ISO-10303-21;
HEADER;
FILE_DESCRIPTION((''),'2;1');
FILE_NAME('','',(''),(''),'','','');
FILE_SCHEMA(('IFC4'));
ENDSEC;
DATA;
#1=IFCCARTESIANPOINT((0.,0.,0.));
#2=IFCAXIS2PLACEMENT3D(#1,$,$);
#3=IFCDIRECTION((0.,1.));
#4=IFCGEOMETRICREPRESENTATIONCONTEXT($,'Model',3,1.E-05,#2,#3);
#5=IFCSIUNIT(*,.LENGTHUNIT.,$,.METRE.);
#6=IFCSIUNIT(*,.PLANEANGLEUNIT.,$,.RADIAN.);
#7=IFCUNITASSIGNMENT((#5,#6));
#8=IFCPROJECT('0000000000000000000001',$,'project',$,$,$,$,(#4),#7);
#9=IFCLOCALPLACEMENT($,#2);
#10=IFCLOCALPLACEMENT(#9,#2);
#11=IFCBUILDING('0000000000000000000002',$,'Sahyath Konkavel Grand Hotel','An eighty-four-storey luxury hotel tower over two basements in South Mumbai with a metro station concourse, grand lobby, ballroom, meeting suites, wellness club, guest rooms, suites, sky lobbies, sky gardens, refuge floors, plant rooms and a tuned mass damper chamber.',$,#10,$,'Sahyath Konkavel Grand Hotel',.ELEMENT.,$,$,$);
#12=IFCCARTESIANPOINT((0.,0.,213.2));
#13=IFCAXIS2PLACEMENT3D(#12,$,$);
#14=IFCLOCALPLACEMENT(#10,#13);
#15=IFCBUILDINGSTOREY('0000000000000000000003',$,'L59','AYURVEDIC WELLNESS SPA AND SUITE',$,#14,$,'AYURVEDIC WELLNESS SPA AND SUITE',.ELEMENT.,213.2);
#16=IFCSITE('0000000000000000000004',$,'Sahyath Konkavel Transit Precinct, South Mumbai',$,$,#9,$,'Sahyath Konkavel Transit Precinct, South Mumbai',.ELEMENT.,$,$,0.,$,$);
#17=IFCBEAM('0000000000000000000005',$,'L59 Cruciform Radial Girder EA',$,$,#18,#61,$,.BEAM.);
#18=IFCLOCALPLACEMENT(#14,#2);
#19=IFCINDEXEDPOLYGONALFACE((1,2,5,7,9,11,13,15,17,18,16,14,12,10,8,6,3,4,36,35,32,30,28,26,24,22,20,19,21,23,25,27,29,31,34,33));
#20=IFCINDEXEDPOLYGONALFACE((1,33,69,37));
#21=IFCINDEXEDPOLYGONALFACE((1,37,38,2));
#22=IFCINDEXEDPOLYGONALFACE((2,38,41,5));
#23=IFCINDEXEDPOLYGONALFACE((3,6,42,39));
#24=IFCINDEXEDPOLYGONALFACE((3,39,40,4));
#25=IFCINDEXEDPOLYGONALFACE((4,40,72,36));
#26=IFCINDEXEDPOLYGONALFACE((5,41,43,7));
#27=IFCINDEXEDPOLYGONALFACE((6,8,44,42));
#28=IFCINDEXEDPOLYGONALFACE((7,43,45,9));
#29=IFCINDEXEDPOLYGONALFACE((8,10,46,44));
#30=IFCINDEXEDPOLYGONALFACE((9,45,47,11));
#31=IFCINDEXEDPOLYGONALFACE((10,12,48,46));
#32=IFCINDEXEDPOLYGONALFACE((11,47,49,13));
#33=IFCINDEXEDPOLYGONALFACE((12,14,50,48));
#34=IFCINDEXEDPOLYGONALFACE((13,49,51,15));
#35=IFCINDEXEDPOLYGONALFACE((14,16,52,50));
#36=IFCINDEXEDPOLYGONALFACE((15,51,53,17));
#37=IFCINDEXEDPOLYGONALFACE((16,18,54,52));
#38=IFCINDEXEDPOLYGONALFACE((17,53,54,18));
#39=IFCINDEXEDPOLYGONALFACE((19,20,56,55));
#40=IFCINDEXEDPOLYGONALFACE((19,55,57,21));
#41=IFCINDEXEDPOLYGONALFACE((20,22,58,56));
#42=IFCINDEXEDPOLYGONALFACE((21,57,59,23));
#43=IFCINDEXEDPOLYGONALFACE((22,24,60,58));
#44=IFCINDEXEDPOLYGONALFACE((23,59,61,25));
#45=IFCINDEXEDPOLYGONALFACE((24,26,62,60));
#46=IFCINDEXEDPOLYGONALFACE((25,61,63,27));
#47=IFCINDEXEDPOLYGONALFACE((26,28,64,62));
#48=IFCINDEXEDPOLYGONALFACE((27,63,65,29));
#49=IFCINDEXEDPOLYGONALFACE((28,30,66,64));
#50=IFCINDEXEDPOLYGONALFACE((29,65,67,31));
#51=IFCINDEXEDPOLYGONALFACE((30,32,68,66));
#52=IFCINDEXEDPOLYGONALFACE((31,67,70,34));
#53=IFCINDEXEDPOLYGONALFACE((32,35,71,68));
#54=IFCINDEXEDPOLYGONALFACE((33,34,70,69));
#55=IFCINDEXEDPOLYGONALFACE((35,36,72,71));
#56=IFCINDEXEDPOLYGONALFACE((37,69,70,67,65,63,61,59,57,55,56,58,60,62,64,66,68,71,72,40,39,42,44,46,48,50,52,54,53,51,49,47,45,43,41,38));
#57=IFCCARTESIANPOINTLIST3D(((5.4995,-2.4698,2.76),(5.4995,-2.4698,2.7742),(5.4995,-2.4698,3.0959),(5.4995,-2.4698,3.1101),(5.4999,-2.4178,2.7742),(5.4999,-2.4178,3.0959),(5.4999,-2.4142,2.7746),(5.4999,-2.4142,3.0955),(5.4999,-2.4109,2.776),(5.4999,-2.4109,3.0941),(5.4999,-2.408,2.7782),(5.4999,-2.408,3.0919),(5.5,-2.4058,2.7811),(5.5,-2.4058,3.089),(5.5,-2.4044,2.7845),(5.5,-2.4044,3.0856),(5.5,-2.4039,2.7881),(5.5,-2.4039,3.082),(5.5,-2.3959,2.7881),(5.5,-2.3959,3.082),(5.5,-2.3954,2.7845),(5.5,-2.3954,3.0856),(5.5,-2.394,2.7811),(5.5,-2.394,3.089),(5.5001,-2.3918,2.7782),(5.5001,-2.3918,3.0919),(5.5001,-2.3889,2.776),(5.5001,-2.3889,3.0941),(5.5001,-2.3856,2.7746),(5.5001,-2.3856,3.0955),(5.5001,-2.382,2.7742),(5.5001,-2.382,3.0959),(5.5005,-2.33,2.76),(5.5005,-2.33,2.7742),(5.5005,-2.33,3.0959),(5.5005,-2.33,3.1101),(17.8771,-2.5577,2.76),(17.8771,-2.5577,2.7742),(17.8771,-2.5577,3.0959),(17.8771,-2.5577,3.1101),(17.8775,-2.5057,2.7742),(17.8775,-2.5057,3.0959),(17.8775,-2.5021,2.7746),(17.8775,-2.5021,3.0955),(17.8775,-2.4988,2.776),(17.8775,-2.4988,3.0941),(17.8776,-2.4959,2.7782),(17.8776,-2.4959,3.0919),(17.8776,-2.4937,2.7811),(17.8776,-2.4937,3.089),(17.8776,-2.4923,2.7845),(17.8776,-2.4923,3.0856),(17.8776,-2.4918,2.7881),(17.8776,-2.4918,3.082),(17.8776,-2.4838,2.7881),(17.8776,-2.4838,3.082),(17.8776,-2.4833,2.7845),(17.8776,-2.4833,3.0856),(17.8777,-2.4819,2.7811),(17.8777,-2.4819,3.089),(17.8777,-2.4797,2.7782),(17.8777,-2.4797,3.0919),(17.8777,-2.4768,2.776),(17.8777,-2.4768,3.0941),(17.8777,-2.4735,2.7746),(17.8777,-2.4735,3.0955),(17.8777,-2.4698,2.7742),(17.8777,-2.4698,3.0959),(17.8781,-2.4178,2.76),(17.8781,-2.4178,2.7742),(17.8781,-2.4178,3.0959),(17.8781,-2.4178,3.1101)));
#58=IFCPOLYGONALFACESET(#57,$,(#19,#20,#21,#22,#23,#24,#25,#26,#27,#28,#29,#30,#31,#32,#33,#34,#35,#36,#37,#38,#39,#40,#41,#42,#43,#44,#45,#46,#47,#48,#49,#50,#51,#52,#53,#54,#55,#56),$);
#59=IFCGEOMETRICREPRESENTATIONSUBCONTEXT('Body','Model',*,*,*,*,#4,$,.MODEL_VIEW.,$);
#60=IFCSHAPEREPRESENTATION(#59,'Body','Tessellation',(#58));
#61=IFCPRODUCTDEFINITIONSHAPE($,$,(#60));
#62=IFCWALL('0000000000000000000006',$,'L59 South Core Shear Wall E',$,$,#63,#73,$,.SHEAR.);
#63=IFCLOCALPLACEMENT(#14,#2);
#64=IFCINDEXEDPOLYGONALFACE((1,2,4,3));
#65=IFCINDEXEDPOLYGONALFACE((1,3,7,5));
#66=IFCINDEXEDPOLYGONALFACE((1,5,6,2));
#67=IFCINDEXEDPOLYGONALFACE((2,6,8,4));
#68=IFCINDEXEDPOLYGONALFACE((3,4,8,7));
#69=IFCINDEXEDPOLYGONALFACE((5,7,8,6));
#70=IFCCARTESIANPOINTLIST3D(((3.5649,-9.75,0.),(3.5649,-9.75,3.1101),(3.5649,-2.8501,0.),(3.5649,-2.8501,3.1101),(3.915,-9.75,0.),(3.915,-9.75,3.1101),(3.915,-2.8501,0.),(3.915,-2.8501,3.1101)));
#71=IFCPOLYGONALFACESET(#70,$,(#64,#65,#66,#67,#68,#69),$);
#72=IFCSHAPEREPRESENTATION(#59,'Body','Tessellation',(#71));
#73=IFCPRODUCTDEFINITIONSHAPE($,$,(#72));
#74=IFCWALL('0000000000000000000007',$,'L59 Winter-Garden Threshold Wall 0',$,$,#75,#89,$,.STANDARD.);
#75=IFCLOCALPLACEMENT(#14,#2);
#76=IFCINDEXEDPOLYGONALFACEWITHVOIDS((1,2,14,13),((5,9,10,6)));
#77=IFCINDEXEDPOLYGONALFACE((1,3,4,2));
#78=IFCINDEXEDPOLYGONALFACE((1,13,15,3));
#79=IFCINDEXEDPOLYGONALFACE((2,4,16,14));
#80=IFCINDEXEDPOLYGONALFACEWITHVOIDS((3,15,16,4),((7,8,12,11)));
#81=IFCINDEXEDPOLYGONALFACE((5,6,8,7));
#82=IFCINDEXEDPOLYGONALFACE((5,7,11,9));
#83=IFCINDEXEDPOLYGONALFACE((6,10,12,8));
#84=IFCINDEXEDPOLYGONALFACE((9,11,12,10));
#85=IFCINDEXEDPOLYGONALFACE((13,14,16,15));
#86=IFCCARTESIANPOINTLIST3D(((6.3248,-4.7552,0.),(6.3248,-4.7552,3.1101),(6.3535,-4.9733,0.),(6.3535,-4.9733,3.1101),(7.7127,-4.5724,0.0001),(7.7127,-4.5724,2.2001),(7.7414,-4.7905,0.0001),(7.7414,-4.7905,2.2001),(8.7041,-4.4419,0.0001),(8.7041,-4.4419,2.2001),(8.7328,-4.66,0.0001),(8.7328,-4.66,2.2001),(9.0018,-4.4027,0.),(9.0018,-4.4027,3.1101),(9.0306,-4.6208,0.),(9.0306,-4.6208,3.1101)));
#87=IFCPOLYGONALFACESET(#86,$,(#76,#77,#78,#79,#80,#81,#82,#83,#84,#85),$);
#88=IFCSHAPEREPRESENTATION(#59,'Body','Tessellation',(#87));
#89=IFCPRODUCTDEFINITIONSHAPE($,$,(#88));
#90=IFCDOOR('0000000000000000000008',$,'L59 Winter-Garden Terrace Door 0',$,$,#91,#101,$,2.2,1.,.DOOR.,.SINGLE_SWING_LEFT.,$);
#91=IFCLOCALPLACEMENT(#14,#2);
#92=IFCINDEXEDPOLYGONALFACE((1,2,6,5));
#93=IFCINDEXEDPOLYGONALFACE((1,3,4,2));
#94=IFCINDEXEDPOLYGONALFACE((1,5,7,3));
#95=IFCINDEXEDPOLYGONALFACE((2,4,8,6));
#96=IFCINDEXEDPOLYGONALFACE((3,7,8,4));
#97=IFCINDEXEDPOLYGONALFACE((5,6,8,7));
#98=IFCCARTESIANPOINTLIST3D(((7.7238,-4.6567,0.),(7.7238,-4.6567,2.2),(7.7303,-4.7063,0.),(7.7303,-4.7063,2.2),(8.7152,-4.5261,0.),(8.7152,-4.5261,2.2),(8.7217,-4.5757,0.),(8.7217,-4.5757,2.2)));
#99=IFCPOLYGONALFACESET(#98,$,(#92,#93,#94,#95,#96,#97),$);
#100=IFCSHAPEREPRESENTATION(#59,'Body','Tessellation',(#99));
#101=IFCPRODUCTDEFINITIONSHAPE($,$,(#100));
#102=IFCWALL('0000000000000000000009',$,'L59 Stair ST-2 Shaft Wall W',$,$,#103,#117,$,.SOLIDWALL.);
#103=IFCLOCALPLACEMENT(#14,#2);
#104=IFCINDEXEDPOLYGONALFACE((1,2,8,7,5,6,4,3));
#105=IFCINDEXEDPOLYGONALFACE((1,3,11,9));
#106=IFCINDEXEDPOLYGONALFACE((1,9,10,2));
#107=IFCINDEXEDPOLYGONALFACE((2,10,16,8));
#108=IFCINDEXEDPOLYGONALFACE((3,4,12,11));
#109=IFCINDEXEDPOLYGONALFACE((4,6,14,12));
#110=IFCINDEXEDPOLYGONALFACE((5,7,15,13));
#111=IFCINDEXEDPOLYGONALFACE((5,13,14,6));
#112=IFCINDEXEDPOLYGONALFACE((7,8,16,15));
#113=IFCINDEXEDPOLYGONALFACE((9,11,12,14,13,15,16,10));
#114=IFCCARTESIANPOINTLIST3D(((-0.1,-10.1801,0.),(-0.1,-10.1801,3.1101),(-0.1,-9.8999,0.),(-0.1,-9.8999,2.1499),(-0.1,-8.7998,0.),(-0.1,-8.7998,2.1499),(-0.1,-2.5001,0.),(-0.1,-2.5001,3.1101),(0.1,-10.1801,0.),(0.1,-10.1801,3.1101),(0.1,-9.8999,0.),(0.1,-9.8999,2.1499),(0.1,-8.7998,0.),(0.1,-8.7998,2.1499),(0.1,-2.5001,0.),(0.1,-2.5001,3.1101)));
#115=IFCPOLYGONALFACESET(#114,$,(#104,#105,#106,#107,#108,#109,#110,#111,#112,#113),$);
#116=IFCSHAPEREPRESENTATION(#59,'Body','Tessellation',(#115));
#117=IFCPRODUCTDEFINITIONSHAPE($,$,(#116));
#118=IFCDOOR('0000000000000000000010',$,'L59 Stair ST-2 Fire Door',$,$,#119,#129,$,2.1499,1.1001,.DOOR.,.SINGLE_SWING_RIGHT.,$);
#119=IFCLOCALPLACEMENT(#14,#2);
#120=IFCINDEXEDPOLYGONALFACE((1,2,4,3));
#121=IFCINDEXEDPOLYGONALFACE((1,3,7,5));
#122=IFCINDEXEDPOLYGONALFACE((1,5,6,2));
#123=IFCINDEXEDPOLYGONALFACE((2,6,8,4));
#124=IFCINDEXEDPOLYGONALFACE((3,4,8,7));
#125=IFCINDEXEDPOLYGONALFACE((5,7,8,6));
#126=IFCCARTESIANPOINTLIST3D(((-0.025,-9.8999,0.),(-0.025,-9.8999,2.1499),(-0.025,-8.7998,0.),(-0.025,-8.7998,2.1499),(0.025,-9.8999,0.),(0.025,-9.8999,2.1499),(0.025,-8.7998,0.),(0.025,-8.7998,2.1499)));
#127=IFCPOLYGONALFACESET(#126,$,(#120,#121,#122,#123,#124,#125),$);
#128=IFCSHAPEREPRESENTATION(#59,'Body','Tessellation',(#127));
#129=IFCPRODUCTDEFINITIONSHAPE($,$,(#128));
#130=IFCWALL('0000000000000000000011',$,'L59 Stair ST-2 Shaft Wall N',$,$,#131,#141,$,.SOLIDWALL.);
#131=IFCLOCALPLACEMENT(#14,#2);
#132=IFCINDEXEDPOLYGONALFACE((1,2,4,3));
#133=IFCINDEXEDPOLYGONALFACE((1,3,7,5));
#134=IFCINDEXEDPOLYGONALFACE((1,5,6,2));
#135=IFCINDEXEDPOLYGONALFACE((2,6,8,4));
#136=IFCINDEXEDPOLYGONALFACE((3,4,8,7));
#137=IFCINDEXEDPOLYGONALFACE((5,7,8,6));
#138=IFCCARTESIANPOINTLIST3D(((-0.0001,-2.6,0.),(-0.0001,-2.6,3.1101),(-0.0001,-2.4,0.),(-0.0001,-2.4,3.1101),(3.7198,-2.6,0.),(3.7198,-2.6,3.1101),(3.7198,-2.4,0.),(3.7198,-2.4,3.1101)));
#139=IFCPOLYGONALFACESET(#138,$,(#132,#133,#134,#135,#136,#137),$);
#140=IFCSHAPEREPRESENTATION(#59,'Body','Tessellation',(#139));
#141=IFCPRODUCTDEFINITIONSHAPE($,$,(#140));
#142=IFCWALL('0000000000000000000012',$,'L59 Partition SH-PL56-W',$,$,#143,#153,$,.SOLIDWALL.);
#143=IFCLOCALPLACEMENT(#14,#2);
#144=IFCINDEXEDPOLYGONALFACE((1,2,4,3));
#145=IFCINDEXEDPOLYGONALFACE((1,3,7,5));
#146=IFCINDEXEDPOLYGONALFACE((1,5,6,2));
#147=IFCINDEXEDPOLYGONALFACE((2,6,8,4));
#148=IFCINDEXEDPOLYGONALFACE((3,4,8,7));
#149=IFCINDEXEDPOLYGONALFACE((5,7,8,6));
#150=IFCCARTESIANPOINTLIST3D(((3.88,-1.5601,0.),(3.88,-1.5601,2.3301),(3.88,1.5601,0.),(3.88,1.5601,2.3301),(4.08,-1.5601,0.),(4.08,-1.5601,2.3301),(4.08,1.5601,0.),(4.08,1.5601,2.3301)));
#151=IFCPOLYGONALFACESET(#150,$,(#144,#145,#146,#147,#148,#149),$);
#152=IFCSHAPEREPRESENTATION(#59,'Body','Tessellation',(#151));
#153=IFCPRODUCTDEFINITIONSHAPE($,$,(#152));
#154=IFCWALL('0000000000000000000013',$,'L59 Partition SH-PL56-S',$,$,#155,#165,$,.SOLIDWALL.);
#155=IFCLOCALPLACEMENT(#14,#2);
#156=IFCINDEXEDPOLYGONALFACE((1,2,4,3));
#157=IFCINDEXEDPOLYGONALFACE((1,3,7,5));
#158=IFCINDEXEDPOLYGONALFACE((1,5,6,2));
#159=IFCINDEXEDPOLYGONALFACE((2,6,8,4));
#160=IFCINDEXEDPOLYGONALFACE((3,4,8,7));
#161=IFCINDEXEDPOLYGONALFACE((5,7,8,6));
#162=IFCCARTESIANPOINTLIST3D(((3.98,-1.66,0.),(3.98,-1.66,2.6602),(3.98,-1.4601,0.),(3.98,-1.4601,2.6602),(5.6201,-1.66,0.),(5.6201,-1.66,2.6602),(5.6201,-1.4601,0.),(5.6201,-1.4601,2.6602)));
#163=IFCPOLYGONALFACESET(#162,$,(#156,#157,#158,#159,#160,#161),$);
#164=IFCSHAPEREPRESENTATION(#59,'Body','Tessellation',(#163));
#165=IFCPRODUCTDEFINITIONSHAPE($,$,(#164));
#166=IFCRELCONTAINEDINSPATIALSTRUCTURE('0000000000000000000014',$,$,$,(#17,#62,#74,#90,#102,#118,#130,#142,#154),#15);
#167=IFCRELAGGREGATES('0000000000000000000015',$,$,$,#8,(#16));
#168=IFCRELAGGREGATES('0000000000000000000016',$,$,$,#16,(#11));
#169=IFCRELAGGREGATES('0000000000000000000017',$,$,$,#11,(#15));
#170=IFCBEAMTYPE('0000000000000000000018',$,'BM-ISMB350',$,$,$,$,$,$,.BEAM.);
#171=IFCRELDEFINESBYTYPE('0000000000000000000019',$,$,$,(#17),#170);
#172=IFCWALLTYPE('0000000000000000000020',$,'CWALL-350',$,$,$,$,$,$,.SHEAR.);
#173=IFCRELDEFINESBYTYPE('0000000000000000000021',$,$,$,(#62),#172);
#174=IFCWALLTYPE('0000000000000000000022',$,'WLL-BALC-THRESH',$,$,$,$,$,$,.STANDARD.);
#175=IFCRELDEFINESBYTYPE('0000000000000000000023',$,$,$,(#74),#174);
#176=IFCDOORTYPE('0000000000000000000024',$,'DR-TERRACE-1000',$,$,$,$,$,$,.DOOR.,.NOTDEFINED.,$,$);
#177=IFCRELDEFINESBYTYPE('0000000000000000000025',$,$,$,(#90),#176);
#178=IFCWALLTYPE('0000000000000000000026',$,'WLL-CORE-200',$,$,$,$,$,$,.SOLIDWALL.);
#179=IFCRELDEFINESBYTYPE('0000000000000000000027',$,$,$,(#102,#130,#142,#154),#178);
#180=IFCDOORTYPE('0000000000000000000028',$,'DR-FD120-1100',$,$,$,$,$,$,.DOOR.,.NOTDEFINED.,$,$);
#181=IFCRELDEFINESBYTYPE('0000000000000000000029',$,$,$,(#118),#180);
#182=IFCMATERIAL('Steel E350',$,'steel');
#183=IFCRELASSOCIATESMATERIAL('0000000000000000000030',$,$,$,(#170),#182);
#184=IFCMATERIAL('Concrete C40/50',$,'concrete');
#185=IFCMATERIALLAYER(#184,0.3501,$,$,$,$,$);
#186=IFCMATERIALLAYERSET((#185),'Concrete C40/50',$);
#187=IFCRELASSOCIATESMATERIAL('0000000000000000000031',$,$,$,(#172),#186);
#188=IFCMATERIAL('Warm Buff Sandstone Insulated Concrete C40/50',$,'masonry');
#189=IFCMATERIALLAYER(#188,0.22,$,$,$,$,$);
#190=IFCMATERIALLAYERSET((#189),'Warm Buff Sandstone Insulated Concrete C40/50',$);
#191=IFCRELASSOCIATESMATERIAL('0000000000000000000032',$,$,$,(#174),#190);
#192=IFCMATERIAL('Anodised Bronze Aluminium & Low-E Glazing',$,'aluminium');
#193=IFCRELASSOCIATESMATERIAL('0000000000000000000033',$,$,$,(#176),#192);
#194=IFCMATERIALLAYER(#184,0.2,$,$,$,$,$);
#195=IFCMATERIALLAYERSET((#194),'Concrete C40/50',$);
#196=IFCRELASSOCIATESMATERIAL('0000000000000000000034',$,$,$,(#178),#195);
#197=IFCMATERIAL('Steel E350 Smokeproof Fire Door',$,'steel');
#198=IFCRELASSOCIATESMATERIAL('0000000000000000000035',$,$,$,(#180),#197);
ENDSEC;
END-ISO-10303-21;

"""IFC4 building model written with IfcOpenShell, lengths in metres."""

from ifc_helpers import new_model, si_unit, direction, frame, frame_2d, origin, origin_2d, place, context, subcontext, project, spatial, rectangle, i_section, extrude, source, transform, mapped, material, layer, layer_set, material_profile, profile_set, type_object, element, fill, save


model = new_model("IFC4")

# Units and contexts
model_context = context("Model", 3, precision=1e-05, world=origin(), true_north=direction((0.0, 1.0)))
body_context = subcontext(model_context, "Body", "Model", "MODEL_VIEW")
ifc_project = project(units=[si_unit("LENGTHUNIT", "METRE"), si_unit("PLANEANGLEUNIT", "RADIAN")], contexts=[model_context])

# Site, building, storey
site_placement = place(None, origin())
site = spatial("IfcSite", under=ifc_project, at=site_placement, Name="Sahyath Konkavel Transit Precinct, South Mumbai", LongName="Sahyath Konkavel Transit Precinct, South Mumbai", CompositionType="ELEMENT", RefElevation=0.0)
building_placement = place(site_placement, origin())
building = spatial("IfcBuilding", under=site, at=building_placement, Name="Sahyath Konkavel Grand Hotel", Description="An eighty-four-storey luxury hotel tower over two basements in South Mumbai with a metro station concourse, grand lobby, ballroom, meeting suites, wellness club, guest rooms, suites, sky lobbies, sky gardens, refuge floors, plant rooms and a tuned mass damper chamber.", LongName="Sahyath Konkavel Grand Hotel", CompositionType="ELEMENT")
storey_placement = place(building_placement, frame((0.0, 0.0, 213.2)))
storey = spatial("IfcBuildingStorey", under=building, at=storey_placement, Name="L59", Description="AYURVEDIC WELLNESS SPA AND SUITE", LongName="AYURVEDIC WELLNESS SPA AND SUITE", CompositionType="ELEMENT", Elevation=213.2)

# Shared definitions
ifc_material_1 = material(Name="Concrete C40/50", Category="concrete")

# Beam
ifc_material_2 = material(Name="Steel E350", Category="steel")
ifc_material_profile_1 = material_profile(ifc_material_2, i_section(OverallWidth=0.1399, OverallDepth=0.3501, WebThickness=0.0081, FlangeThickness=0.0142, FilletRadius=0.0139, at=origin_2d()), Name="ISMB 350")
ifc_profile_set_1 = profile_set([ifc_material_profile_1], Name="Steel E350")
beam_type_1 = type_object("IfcBeamType", Name="BM-ISMB350", PredefinedType="BEAM", material=ifc_profile_set_1)
shared_shape_1 = source(origin(), body_context, "Body", "SweptSolid", [
    extrude(i_section(OverallWidth=0.1399, OverallDepth=0.3501, WebThickness=0.0081, FlangeThickness=0.0142, FilletRadius=0.0139, at=origin_2d()), origin(), (0.0, 0.0, 1.0), 12.3779),
])
beam_1_placement = place(storey_placement, frame((5.5, -2.3999, 2.9351), z_axis=(0.999975, -0.007101, 0.0), x_axis=(0.007101, 0.999975, 0.0)))
element("IfcBeam", 1, at=beam_1_placement, inside=storey, type_object=beam_type_1, Name="L59 Cruciform Radial Girder EA", PredefinedType="BEAM", context=body_context, shape_type="MappedRepresentation", body=[
    mapped(shared_shape_1, transform((0.0, 0.0, 0.0), scale=1.0)),
])

# Wall
ifc_layer_1 = layer(ifc_material_1, 0.3501)
ifc_layer_set_1 = layer_set([ifc_layer_1], Name="Concrete C40/50")
wall_type_1 = type_object("IfcWallType", Name="CWALL-350", PredefinedType="SHEAR", material=ifc_layer_set_1)
wall_1_placement = place(storey_placement, frame((3.74, -9.75, 0.0), z_axis=(0.0, 0.0, 1.0), x_axis=(0.0, 1.0, 0.0)))
element("IfcWall", 2, at=wall_1_placement, inside=storey, type_object=wall_type_1, Name="L59 South Core Shear Wall E", PredefinedType="SHEAR", context=body_context, shape_type="SweptSolid", body=[
    extrude(rectangle(XDim=6.8999, YDim=0.3501, at=frame_2d((3.45, 0.0))), origin(), (0.0, 0.0, 1.0), 3.1101),
])

# Walls, openings, doors
ifc_material_3 = material(Name="Warm Buff Sandstone Insulated Concrete C40/50", Category="masonry")
ifc_layer_2 = layer(ifc_material_3, 0.22)
ifc_layer_set_2 = layer_set([ifc_layer_2], Name="Warm Buff Sandstone Insulated Concrete C40/50")
wall_type_2 = type_object("IfcWallType", Name="WLL-BALC-THRESH", PredefinedType="STANDARD", material=ifc_layer_set_2)
wall_2_placement = place(storey_placement, frame((6.3391, -4.8643, 0.0), z_axis=(0.0, 0.0, 1.0), x_axis=(0.99144, 0.130564, 0.0)))
wall_2 = element("IfcWall", 3, at=wall_2_placement, inside=storey, type_object=wall_type_2, Name="L59 Winter-Garden Threshold Wall 0", PredefinedType="STANDARD", context=body_context, shape_type="SweptSolid", body=[
    extrude(rectangle(XDim=2.7002, YDim=0.22, at=frame_2d((1.3501, 0.0))), origin(), (0.0, 0.0, 1.0), 3.1101),
])
opening_1_placement = place(wall_2_placement, frame((1.3999, 0.0, 0.0)))
opening_1 = element("IfcOpeningElement", 4, at=opening_1_placement, cuts=wall_2, PredefinedType="OPENING", context=body_context, shape_type="SweptSolid", body=[
    extrude(rectangle(XDim=1.0, YDim=2.2, at=frame_2d((0.5, 1.1001))), frame((0.0, 0.1201, 0.0), z_axis=(0.0, -1.0, 0.0), x_axis=(1.0, 0.0, 0.0)), (0.0, 0.0, 1.0), 0.24),
])
ifc_material_4 = material(Name="Anodised Bronze Aluminium & Low-E Glazing", Category="aluminium")
door_type_1 = type_object("IfcDoorType", Name="DR-TERRACE-1000", OperationType="NOTDEFINED", PredefinedType="DOOR", material=ifc_material_4)
shared_shape_2 = source(origin(), body_context, "Body", "SweptSolid", [
    extrude(rectangle(XDim=1.0, YDim=0.05, at=origin_2d()), origin(), (0.0, 0.0, 1.0), 2.2),
])
door_1_placement = place(opening_1_placement, frame((0.5, 0.0, 0.0)))
door_1 = element("IfcDoor", 5, at=door_1_placement, inside=storey, type_object=door_type_1, Name="L59 Winter-Garden Terrace Door 0", OperationType="SINGLE_SWING_LEFT", OverallHeight=2.2, OverallWidth=1.0, PredefinedType="DOOR", context=body_context, shape_type="MappedRepresentation", body=[
    mapped(shared_shape_2, transform((0.0, 0.0, 0.0), scale=1.0)),
])
fill(opening_1, door_1)
ifc_layer_3 = layer(ifc_material_1, 0.2)
ifc_layer_set_3 = layer_set([ifc_layer_3], Name="Concrete C40/50")
wall_type_3 = type_object("IfcWallType", Name="WLL-CORE-200", PredefinedType="SOLIDWALL", material=ifc_layer_set_3)
wall_3_placement = place(storey_placement, frame((0.0, -10.1799, 0.0), z_axis=(0.0, 0.0, 1.0), x_axis=(0.0, 1.0, 0.0)))
wall_3 = element("IfcWall", 6, at=wall_3_placement, inside=storey, type_object=wall_type_3, Name="L59 Stair ST-2 Shaft Wall W", PredefinedType="SOLIDWALL", context=body_context, shape_type="SweptSolid", body=[
    extrude(rectangle(XDim=7.6799, YDim=0.2, at=frame_2d((3.8398, 0.0))), origin(), (0.0, 0.0, 1.0), 3.1101),
])
opening_2_placement = place(wall_3_placement, frame((0.28, 0.0, 0.0)))
opening_2 = element("IfcOpeningElement", 7, at=opening_2_placement, cuts=wall_3, PredefinedType="OPENING", context=body_context, shape_type="SweptSolid", body=[
    extrude(rectangle(XDim=1.1001, YDim=2.1499, at=frame_2d((0.55, 1.075))), frame((0.0, 0.1099, 0.0), z_axis=(0.0, -1.0, 0.0), x_axis=(1.0, 0.0, 0.0)), (0.0, 0.0, 1.0), 0.22),
])
ifc_material_5 = material(Name="Steel E350 Smokeproof Fire Door", Category="steel")
door_type_2 = type_object("IfcDoorType", Name="DR-FD120-1100", OperationType="NOTDEFINED", PredefinedType="DOOR", material=ifc_material_5)
shared_shape_3 = source(origin(), body_context, "Body", "SweptSolid", [
    extrude(rectangle(XDim=1.1001, YDim=0.05, at=origin_2d()), origin(), (0.0, 0.0, 1.0), 2.1499),
])
door_2_placement = place(opening_2_placement, frame((0.55, 0.0, 0.0)))
door_2 = element("IfcDoor", 8, at=door_2_placement, inside=storey, type_object=door_type_2, Name="L59 Stair ST-2 Fire Door", OperationType="SINGLE_SWING_RIGHT", OverallHeight=2.1499, OverallWidth=1.1001, PredefinedType="DOOR", context=body_context, shape_type="MappedRepresentation", body=[
    mapped(shared_shape_3, transform((0.0, 0.0, 0.0), scale=1.0)),
])
fill(opening_2, door_2)

# Walls
wall_4_placement = place(storey_placement, frame((0.0, -2.5, 0.0), z_axis=(0.0, 0.0, 1.0), x_axis=(1.0, 0.0, 0.0)))
element("IfcWall", 9, at=wall_4_placement, inside=storey, type_object=wall_type_3, Name="L59 Stair ST-2 Shaft Wall N", PredefinedType="SOLIDWALL", context=body_context, shape_type="SweptSolid", body=[
    extrude(rectangle(XDim=3.72, YDim=0.2, at=frame_2d((1.8599, 0.0))), origin(), (0.0, 0.0, 1.0), 3.1101),
])
wall_5_placement = place(storey_placement, frame((3.98, -1.5601, 0.0), z_axis=(0.0, 0.0, 1.0), x_axis=(0.0, 1.0, 0.0)))
element("IfcWall", 10, at=wall_5_placement, inside=storey, type_object=wall_type_3, Name="L59 Partition SH-PL56-W", PredefinedType="SOLIDWALL", context=body_context, shape_type="SweptSolid", body=[
    extrude(rectangle(XDim=3.1201, YDim=0.2, at=frame_2d((1.5601, 0.0))), origin(), (0.0, 0.0, 1.0), 2.3301),
])
wall_6_placement = place(storey_placement, frame((3.98, -1.5601, 0.0), z_axis=(0.0, 0.0, 1.0), x_axis=(1.0, 0.0, 0.0)))
element("IfcWall", 11, at=wall_6_placement, inside=storey, type_object=wall_type_3, Name="L59 Partition SH-PL56-S", PredefinedType="SOLIDWALL", context=body_context, shape_type="SweptSolid", body=[
    extrude(rectangle(XDim=1.6401, YDim=0.2, at=frame_2d((0.8201, 0.0))), origin(), (0.0, 0.0, 1.0), 2.6602),
])

save(model, "model.ifc")
